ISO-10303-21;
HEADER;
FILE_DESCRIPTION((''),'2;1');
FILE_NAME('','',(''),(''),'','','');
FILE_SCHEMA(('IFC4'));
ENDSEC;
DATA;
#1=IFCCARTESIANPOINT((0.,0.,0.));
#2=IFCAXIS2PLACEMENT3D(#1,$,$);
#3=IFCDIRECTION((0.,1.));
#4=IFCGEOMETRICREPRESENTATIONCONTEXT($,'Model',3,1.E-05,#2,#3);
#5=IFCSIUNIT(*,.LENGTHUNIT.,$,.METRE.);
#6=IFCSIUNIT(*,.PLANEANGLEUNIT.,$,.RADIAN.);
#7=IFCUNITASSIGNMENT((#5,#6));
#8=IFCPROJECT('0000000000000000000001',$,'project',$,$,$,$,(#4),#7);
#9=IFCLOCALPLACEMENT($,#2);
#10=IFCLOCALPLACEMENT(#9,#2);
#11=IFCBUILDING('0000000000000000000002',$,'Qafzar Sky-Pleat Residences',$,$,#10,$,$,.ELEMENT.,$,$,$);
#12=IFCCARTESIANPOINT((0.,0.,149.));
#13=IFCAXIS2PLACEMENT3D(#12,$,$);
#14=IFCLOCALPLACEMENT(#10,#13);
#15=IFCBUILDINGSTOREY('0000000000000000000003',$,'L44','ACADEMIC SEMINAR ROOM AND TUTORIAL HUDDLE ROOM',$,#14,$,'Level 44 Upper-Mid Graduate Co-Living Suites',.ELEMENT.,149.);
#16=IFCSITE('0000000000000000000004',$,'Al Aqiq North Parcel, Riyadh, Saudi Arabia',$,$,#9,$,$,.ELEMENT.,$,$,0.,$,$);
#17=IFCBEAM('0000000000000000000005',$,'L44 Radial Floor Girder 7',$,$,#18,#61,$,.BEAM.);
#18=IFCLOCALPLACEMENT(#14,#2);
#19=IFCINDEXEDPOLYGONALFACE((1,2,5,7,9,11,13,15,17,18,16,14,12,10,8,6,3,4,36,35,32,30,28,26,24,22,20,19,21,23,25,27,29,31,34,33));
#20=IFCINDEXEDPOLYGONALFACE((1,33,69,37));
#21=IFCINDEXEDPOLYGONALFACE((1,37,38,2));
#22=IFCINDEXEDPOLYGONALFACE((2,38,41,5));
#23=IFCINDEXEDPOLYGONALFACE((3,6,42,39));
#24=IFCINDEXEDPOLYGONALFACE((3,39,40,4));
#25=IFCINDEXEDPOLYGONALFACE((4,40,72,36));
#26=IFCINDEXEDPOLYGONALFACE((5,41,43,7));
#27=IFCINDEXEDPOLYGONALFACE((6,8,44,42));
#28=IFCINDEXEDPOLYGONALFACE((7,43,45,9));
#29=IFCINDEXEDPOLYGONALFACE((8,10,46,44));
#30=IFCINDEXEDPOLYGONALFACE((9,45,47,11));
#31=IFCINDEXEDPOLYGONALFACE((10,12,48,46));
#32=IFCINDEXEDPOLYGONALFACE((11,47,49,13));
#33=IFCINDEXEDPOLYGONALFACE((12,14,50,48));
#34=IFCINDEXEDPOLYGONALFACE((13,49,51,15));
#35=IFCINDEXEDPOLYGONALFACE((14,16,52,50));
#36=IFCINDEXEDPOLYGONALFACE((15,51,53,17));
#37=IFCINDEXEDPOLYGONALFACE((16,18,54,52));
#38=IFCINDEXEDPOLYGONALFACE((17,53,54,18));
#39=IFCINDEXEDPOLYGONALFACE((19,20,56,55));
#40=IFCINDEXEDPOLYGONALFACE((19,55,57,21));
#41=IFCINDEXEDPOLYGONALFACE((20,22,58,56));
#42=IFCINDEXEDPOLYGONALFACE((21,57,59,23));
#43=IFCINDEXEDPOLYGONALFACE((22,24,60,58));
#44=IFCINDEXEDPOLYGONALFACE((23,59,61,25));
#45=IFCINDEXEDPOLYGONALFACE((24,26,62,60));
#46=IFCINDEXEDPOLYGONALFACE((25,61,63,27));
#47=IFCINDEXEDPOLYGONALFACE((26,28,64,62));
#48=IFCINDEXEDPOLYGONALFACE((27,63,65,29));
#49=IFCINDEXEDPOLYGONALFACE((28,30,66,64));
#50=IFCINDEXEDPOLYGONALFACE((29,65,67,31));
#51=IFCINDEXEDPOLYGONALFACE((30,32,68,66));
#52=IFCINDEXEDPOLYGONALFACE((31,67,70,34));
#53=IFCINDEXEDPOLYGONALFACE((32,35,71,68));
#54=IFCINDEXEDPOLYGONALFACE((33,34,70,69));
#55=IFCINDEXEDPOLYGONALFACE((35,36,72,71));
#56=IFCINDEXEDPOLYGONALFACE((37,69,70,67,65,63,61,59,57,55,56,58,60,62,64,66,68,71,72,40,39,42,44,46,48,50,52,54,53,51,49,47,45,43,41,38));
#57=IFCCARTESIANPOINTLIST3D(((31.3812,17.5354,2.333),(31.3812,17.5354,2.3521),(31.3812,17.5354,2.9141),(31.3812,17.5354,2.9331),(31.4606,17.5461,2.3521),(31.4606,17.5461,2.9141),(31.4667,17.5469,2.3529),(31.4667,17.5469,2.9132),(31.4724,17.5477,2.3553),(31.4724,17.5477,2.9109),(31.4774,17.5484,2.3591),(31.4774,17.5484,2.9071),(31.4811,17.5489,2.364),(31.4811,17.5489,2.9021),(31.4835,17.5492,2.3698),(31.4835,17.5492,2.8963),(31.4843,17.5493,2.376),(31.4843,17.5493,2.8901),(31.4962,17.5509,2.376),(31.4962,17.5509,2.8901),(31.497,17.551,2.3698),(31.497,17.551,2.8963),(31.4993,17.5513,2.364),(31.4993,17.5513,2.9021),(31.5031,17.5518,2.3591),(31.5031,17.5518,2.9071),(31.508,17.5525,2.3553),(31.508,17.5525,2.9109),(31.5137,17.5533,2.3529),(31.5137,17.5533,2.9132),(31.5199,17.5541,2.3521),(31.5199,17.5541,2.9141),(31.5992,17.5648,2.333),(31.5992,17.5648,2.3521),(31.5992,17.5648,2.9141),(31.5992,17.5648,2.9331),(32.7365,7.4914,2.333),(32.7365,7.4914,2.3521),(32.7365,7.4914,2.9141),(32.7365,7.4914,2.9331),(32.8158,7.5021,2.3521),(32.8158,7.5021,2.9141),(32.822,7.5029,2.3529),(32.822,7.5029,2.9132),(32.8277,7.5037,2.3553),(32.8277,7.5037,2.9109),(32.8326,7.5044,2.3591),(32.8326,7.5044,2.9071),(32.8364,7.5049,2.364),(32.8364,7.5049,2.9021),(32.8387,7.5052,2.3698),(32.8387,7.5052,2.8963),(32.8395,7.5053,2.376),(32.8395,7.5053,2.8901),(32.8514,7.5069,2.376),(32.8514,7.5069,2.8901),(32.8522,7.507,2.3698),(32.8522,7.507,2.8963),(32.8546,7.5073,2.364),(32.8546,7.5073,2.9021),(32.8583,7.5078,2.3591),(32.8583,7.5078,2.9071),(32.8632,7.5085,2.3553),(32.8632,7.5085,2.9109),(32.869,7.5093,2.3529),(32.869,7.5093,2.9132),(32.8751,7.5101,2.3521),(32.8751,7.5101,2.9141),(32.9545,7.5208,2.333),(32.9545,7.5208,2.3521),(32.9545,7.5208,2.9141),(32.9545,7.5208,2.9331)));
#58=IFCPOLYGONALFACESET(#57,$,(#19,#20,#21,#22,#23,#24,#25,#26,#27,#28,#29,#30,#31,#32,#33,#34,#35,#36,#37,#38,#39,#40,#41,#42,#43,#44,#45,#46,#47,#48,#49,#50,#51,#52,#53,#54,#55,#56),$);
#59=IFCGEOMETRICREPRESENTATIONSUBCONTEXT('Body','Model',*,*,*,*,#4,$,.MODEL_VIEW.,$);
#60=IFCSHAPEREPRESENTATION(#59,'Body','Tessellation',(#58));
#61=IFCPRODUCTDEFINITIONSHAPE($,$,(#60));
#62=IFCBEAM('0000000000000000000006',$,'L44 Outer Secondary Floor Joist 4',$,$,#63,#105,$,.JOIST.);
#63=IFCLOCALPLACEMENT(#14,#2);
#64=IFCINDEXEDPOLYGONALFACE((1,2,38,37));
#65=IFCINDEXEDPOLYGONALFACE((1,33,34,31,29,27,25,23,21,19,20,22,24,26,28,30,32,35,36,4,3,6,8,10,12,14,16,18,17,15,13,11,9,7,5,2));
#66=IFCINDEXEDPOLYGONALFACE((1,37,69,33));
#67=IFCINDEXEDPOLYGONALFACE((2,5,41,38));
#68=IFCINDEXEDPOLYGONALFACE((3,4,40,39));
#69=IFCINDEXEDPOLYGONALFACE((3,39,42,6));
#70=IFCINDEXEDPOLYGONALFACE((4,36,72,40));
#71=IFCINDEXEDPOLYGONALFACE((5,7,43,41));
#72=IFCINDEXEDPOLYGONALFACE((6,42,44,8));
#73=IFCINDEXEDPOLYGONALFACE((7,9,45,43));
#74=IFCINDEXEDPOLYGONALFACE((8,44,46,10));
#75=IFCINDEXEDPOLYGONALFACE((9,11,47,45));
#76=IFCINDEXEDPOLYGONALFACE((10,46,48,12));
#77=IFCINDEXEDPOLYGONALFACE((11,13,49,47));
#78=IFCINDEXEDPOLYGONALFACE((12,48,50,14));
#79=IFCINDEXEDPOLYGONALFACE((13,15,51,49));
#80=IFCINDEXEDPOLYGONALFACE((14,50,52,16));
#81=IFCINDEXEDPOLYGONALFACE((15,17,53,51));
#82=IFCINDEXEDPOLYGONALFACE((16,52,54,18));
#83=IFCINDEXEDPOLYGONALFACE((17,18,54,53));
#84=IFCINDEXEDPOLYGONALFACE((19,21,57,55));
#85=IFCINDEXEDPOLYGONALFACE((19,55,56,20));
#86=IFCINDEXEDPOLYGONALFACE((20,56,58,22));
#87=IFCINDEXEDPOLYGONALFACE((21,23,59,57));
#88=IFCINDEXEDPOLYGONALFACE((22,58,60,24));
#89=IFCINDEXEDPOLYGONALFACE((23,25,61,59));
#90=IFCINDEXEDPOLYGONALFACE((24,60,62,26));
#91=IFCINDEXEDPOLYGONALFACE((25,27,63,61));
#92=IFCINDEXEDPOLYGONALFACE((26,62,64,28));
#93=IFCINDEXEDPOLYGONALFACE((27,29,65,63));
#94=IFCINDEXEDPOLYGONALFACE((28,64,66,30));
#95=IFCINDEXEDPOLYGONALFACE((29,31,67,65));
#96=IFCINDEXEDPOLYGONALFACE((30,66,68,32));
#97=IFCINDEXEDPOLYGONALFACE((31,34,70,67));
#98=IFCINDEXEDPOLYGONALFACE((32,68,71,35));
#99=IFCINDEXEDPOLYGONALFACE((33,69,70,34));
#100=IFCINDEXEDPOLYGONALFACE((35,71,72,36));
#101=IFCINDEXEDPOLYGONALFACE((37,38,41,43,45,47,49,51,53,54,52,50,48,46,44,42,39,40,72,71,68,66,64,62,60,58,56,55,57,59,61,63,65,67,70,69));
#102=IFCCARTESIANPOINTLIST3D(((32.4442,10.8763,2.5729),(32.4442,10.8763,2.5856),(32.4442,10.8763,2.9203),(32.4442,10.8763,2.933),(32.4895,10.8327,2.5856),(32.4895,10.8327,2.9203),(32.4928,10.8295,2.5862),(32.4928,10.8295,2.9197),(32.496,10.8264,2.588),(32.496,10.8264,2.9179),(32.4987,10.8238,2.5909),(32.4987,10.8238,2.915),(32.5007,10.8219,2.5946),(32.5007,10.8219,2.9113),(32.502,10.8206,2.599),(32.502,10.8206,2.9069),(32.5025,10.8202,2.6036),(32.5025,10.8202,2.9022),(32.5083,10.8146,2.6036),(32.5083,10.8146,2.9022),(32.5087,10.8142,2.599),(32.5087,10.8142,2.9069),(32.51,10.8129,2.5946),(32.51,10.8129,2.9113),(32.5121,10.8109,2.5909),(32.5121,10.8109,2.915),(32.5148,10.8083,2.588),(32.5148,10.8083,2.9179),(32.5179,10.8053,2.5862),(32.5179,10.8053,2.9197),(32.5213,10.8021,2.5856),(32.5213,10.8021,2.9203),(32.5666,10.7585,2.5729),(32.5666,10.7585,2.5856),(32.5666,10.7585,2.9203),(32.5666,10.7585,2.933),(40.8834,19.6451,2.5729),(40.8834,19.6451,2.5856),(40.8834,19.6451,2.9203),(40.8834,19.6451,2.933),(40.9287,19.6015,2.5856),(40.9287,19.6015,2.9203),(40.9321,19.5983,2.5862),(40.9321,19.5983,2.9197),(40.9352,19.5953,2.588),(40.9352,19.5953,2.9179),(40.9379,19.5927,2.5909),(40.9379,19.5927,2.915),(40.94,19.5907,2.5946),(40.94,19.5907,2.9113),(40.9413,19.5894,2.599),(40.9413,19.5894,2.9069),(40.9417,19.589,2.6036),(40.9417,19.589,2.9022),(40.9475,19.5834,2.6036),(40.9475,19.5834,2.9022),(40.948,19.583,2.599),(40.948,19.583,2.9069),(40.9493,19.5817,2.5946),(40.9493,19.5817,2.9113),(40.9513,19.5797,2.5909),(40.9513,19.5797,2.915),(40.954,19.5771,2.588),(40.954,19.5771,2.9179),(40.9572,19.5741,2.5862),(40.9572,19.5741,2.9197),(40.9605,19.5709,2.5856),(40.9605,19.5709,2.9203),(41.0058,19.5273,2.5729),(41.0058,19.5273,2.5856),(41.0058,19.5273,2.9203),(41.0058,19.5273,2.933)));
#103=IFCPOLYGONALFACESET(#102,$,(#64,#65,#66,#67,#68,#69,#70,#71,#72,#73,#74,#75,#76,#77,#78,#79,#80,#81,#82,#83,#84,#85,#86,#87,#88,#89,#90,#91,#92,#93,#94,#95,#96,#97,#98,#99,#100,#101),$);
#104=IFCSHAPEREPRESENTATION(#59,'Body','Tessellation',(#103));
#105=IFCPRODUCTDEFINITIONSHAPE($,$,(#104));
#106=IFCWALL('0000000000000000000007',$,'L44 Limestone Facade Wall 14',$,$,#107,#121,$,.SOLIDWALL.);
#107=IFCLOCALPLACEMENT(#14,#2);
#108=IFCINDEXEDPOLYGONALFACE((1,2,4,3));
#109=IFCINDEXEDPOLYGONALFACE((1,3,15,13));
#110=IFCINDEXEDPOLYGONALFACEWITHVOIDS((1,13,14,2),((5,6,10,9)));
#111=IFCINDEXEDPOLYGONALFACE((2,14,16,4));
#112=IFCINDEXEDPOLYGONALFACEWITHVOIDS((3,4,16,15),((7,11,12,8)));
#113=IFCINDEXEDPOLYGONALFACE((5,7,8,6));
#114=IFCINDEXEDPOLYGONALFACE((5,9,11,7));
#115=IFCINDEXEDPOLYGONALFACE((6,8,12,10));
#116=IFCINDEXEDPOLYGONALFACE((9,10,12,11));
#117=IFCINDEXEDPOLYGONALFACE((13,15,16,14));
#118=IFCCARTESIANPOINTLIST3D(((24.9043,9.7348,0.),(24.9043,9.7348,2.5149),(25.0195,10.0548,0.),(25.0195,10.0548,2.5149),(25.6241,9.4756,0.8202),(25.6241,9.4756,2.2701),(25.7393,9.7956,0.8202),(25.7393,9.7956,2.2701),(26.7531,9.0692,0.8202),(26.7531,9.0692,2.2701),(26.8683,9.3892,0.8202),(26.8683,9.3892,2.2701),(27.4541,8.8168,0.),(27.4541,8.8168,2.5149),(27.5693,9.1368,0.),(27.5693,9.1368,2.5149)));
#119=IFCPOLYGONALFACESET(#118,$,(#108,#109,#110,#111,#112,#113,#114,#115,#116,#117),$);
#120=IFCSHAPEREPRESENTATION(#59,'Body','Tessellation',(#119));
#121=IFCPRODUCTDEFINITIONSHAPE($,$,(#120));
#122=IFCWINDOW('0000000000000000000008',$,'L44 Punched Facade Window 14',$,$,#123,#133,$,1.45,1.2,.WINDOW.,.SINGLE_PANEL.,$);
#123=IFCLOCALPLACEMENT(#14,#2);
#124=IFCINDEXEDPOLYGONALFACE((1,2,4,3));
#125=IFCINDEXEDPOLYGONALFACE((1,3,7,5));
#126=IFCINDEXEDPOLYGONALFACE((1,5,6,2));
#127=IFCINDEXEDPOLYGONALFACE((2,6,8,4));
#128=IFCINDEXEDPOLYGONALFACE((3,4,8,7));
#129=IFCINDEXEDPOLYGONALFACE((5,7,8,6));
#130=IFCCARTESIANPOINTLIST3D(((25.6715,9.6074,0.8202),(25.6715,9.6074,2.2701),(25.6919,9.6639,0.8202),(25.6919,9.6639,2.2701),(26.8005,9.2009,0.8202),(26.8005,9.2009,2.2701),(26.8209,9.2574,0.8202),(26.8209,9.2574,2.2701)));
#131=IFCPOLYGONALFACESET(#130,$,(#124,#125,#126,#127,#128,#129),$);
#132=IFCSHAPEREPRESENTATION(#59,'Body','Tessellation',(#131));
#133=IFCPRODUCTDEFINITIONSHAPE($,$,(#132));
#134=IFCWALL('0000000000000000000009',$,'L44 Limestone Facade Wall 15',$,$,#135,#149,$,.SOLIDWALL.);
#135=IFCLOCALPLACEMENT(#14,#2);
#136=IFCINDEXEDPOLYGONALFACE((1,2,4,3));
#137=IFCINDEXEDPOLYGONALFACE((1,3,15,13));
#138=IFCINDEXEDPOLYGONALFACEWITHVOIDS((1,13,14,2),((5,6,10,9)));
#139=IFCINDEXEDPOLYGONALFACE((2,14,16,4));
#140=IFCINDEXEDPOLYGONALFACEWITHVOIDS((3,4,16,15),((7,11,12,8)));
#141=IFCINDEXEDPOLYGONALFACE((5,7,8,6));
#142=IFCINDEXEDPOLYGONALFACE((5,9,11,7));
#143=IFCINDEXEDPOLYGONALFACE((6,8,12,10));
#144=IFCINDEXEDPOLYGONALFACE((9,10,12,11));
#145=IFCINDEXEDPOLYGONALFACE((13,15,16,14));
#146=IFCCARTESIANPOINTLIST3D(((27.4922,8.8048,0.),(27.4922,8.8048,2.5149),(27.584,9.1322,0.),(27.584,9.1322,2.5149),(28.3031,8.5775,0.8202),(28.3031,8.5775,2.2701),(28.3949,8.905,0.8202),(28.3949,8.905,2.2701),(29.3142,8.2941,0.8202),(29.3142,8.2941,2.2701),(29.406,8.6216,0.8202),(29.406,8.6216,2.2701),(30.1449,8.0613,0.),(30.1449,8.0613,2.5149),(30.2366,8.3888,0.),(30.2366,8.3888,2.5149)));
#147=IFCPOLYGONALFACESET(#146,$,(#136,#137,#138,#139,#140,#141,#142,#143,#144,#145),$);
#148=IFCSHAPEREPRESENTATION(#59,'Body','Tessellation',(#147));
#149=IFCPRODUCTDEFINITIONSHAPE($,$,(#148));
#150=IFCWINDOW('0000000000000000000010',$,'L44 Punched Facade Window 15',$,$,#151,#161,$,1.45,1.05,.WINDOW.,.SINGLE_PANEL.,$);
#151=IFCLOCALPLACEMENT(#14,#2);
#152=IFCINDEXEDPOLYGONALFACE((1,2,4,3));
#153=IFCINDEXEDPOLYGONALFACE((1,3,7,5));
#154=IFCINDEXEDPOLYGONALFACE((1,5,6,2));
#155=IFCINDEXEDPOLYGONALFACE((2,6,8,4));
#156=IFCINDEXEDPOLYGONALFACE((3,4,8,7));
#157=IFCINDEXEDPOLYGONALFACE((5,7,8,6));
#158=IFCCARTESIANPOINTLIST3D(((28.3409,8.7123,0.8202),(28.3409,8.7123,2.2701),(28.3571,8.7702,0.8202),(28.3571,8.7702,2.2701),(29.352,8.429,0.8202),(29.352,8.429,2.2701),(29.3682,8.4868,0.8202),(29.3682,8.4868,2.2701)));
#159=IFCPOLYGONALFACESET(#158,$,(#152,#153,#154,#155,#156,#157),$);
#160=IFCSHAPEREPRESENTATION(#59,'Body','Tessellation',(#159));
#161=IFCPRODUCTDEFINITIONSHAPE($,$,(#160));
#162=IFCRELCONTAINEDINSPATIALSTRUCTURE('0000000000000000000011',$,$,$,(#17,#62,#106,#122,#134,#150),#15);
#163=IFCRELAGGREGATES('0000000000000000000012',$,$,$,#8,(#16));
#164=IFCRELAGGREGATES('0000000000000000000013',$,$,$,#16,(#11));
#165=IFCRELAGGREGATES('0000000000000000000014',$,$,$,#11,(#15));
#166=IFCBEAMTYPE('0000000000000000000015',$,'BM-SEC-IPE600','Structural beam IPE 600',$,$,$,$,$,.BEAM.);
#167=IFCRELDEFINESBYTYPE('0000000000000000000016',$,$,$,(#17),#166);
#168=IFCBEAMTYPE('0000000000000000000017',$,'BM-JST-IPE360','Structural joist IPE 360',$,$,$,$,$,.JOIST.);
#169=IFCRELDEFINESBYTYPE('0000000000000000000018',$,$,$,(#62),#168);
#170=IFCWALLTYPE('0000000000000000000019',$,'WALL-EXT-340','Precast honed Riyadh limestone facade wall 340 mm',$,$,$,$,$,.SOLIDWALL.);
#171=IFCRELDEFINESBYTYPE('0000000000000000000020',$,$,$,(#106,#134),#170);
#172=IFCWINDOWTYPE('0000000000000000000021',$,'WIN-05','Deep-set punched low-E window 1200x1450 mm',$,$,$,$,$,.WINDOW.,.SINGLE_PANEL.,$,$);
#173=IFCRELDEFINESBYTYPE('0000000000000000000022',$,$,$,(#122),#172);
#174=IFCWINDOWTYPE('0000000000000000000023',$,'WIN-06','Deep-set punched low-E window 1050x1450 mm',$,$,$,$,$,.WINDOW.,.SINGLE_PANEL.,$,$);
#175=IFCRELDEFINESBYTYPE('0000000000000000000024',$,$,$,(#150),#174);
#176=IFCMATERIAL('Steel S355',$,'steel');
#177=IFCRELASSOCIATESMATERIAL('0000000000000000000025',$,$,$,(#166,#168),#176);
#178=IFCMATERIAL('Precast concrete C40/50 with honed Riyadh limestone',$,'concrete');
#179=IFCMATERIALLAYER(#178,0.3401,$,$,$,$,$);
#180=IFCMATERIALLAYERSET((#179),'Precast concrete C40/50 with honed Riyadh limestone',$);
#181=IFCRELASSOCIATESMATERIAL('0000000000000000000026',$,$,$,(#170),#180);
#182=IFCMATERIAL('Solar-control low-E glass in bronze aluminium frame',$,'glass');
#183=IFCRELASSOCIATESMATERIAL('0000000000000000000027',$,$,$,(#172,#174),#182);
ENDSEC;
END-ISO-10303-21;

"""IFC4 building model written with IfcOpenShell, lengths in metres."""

from ifc_helpers import new_model, si_unit, direction, frame, frame_2d, origin, origin_2d, place, context, subcontext, project, spatial, rectangle, i_section, extrude, source, transform, mapped, material, layer, layer_set, material_profile, profile_set, type_object, element, fill, save


model = new_model("IFC4")

# Units and contexts
model_context = context("Model", 3, precision=1e-05, world=origin(), true_north=direction((0.0, 1.0)))
body_context = subcontext(model_context, "Body", "Model", "MODEL_VIEW")
ifc_project = project(units=[si_unit("LENGTHUNIT", "METRE"), si_unit("PLANEANGLEUNIT", "RADIAN")], contexts=[model_context])

# Site, building, storey
site_placement = place(None, origin())
site = spatial("IfcSite", under=ifc_project, at=site_placement, Name="Al Aqiq North Parcel, Riyadh, Saudi Arabia", CompositionType="ELEMENT", RefElevation=0.0)
building_placement = place(site_placement, origin())
building = spatial("IfcBuilding", under=site, at=building_placement, Name="Qafzar Sky-Pleat Residences", CompositionType="ELEMENT")
storey_placement = place(building_placement, frame((0.0, 0.0, 149.0)))
storey = spatial("IfcBuildingStorey", under=building, at=storey_placement, Name="L44", Description="ACADEMIC SEMINAR ROOM AND TUTORIAL HUDDLE ROOM", LongName="Level 44 Upper-Mid Graduate Co-Living Suites", CompositionType="ELEMENT", Elevation=149.0)

# Shared definitions
ifc_material_1 = material(Name="Steel S355", Category="steel")

# Beams
ifc_material_profile_1 = material_profile(ifc_material_1, i_section(OverallWidth=0.22, OverallDepth=0.6001, WebThickness=0.012, FlangeThickness=0.019, FilletRadius=0.0239, at=origin_2d()), Name="IPE 600")
ifc_profile_set_1 = profile_set([ifc_material_profile_1], Name="Steel S355")
beam_type_1 = type_object("IfcBeamType", Name="BM-SEC-IPE600", Description="Structural beam IPE 600", PredefinedType="BEAM", material=ifc_profile_set_1)
shared_shape_1 = source(origin(), body_context, "Body", "SweptSolid", [
    extrude(i_section(OverallWidth=0.22, OverallDepth=0.6001, WebThickness=0.012, FlangeThickness=0.019, FilletRadius=0.0239, at=origin_2d()), origin(), (0.0, 0.0, 1.0), 10.135),
])
beam_1_placement = place(storey_placement, frame((32.8455, 7.5061, 2.6331), z_axis=(-0.133718, 0.991019, 0.0), x_axis=(-0.991019, -0.133718, 0.0)))
element("IfcBeam", 1, at=beam_1_placement, inside=storey, type_object=beam_type_1, Name="L44 Radial Floor Girder 7", PredefinedType="BEAM", context=body_context, shape_type="MappedRepresentation", body=[
    mapped(shared_shape_1, transform((0.0, 0.0, 0.0), x_axis=(1.0, 0.0, 0.0), y_axis=(0.0, 1.0, 0.0), z_axis=(0.0, 0.0, 1.0), scale=1.0)),
])
ifc_material_profile_2 = material_profile(ifc_material_1, i_section(OverallWidth=0.1699, OverallDepth=0.3601, WebThickness=0.0081, FlangeThickness=0.0127, FilletRadius=0.0181, at=origin_2d()), Name="IPE 360")
ifc_profile_set_2 = profile_set([ifc_material_profile_2], Name="Steel S355")
beam_type_2 = type_object("IfcBeamType", Name="BM-JST-IPE360", Description="Structural joist IPE 360", PredefinedType="JOIST", material=ifc_profile_set_2)
shared_shape_2 = source(origin(), body_context, "Body", "SweptSolid", [
    extrude(i_section(OverallWidth=0.1699, OverallDepth=0.3601, WebThickness=0.0081, FlangeThickness=0.0127, FilletRadius=0.0181, at=origin_2d()), origin(), (0.0, 0.0, 1.0), 12.1702),
])
beam_2_placement = place(storey_placement, frame((32.5054, 10.8174, 2.7529), z_axis=(0.693436, 0.720518, 0.0), x_axis=(-0.720518, 0.693436, 0.0)))
element("IfcBeam", 2, at=beam_2_placement, inside=storey, type_object=beam_type_2, Name="L44 Outer Secondary Floor Joist 4", PredefinedType="JOIST", context=body_context, shape_type="MappedRepresentation", body=[
    mapped(shared_shape_2, transform((0.0, 0.0, 0.0), x_axis=(1.0, 0.0, 0.0), y_axis=(0.0, 1.0, 0.0), z_axis=(0.0, 0.0, 1.0), scale=1.0)),
])

# Walls, openings, windows
ifc_material_2 = material(Name="Precast concrete C40/50 with honed Riyadh limestone", Category="concrete")
ifc_layer_1 = layer(ifc_material_2, 0.3401)
ifc_layer_set_1 = layer_set([ifc_layer_1], Name="Precast concrete C40/50 with honed Riyadh limestone")
wall_type_1 = type_object("IfcWallType", Name="WALL-EXT-340", Description="Precast honed Riyadh limestone facade wall 340 mm", PredefinedType="SOLIDWALL", material=ifc_layer_set_1)
wall_1_placement = place(storey_placement, frame((24.9619, 9.8948, 0.0), z_axis=(0.0, 0.0, 1.0), x_axis=(0.940883, -0.338732, 0.0)))
wall_1 = element("IfcWall", 3, at=wall_1_placement, inside=storey, type_object=wall_type_1, Name="L44 Limestone Facade Wall 14", PredefinedType="SOLIDWALL", context=body_context, shape_type="SweptSolid", body=[
    extrude(rectangle(XDim=2.71, YDim=0.3401, at=frame_2d((1.355, 0.0))), origin(), (0.0, 0.0, 1.0), 2.5149),
])
opening_1_placement = place(wall_1_placement, frame((0.7649, 0.0, 0.8201)))
opening_1 = element("IfcOpeningElement", 4, at=opening_1_placement, cuts=wall_1, PredefinedType="OPENING", context=body_context, shape_type="SweptSolid", body=[
    extrude(rectangle(XDim=1.2, YDim=1.45, at=frame_2d((0.6001, 0.7251))), frame((0.0, 0.1802, 0.0), z_axis=(0.0, -1.0, 0.0), x_axis=(1.0, 0.0, 0.0)), (0.0, 0.0, 1.0), 0.3601),
])
ifc_material_3 = material(Name="Solar-control low-E glass in bronze aluminium frame", Category="glass")
window_type_1 = type_object("IfcWindowType", Name="WIN-05", Description="Deep-set punched low-E window 1200x1450 mm", PartitioningType="SINGLE_PANEL", PredefinedType="WINDOW", material=ifc_material_3)
shared_shape_3 = source(origin(), body_context, "Body", "SweptSolid", [
    extrude(rectangle(XDim=1.2, YDim=1.45, at=frame_2d((0.6001, 0.7251))), frame((0.0, 0.03, 0.0), z_axis=(0.0, -1.0, 0.0), x_axis=(1.0, 0.0, 0.0)), (0.0, 0.0, 1.0), 0.0601),
])
window_1_placement = place(opening_1_placement, origin())
window_1 = element("IfcWindow", 5, at=window_1_placement, inside=storey, type_object=window_type_1, Name="L44 Punched Facade Window 14", OverallHeight=1.45, OverallWidth=1.2, PartitioningType="SINGLE_PANEL", PredefinedType="WINDOW", context=body_context, shape_type="MappedRepresentation", body=[
    mapped(shared_shape_3, transform((0.0, 0.0, 0.0), x_axis=(1.0, 0.0, 0.0), y_axis=(0.0, 1.0, 0.0), z_axis=(0.0, 0.0, 1.0), scale=1.0)),
])
fill(opening_1, window_1)
wall_2_placement = place(storey_placement, frame((27.5381, 8.9685, 0.0), z_axis=(0.0, 0.0, 1.0), x_axis=(0.9629, -0.26986, 0.0)))
wall_2 = element("IfcWall", 6, at=wall_2_placement, inside=storey, type_object=wall_type_1, Name="L44 Limestone Facade Wall 15", PredefinedType="SOLIDWALL", context=body_context, shape_type="SweptSolid", body=[
    extrude(rectangle(XDim=2.7549, YDim=0.3401, at=frame_2d((1.3774, 0.0))), origin(), (0.0, 0.0, 1.0), 2.5149),
])
opening_2_placement = place(wall_2_placement, frame((0.8423, 0.0, 0.8201)))
opening_2 = element("IfcOpeningElement", 7, at=opening_2_placement, cuts=wall_2, PredefinedType="OPENING", context=body_context, shape_type="SweptSolid", body=[
    extrude(rectangle(XDim=1.05, YDim=1.45, at=frame_2d((0.5249, 0.7251))), frame((0.0, 0.1802, 0.0), z_axis=(0.0, -1.0, 0.0), x_axis=(1.0, 0.0, 0.0)), (0.0, 0.0, 1.0), 0.3601),
])
window_type_2 = type_object("IfcWindowType", Name="WIN-06", Description="Deep-set punched low-E window 1050x1450 mm", PartitioningType="SINGLE_PANEL", PredefinedType="WINDOW", material=ifc_material_3)
shared_shape_4 = source(origin(), body_context, "Body", "SweptSolid", [
    extrude(rectangle(XDim=1.05, YDim=1.45, at=frame_2d((0.5249, 0.7251))), frame((0.0, 0.03, 0.0), z_axis=(0.0, -1.0, 0.0), x_axis=(1.0, 0.0, 0.0)), (0.0, 0.0, 1.0), 0.0601),
])
window_2_placement = place(opening_2_placement, origin())
window_2 = element("IfcWindow", 8, at=window_2_placement, inside=storey, type_object=window_type_2, Name="L44 Punched Facade Window 15", OverallHeight=1.45, OverallWidth=1.05, PartitioningType="SINGLE_PANEL", PredefinedType="WINDOW", context=body_context, shape_type="MappedRepresentation", body=[
    mapped(shared_shape_4, transform((0.0, 0.0, 0.0), x_axis=(1.0, 0.0, 0.0), y_axis=(0.0, 1.0, 0.0), z_axis=(0.0, 0.0, 1.0), scale=1.0)),
])
fill(opening_2, window_2)

save(model, "model.ifc")
